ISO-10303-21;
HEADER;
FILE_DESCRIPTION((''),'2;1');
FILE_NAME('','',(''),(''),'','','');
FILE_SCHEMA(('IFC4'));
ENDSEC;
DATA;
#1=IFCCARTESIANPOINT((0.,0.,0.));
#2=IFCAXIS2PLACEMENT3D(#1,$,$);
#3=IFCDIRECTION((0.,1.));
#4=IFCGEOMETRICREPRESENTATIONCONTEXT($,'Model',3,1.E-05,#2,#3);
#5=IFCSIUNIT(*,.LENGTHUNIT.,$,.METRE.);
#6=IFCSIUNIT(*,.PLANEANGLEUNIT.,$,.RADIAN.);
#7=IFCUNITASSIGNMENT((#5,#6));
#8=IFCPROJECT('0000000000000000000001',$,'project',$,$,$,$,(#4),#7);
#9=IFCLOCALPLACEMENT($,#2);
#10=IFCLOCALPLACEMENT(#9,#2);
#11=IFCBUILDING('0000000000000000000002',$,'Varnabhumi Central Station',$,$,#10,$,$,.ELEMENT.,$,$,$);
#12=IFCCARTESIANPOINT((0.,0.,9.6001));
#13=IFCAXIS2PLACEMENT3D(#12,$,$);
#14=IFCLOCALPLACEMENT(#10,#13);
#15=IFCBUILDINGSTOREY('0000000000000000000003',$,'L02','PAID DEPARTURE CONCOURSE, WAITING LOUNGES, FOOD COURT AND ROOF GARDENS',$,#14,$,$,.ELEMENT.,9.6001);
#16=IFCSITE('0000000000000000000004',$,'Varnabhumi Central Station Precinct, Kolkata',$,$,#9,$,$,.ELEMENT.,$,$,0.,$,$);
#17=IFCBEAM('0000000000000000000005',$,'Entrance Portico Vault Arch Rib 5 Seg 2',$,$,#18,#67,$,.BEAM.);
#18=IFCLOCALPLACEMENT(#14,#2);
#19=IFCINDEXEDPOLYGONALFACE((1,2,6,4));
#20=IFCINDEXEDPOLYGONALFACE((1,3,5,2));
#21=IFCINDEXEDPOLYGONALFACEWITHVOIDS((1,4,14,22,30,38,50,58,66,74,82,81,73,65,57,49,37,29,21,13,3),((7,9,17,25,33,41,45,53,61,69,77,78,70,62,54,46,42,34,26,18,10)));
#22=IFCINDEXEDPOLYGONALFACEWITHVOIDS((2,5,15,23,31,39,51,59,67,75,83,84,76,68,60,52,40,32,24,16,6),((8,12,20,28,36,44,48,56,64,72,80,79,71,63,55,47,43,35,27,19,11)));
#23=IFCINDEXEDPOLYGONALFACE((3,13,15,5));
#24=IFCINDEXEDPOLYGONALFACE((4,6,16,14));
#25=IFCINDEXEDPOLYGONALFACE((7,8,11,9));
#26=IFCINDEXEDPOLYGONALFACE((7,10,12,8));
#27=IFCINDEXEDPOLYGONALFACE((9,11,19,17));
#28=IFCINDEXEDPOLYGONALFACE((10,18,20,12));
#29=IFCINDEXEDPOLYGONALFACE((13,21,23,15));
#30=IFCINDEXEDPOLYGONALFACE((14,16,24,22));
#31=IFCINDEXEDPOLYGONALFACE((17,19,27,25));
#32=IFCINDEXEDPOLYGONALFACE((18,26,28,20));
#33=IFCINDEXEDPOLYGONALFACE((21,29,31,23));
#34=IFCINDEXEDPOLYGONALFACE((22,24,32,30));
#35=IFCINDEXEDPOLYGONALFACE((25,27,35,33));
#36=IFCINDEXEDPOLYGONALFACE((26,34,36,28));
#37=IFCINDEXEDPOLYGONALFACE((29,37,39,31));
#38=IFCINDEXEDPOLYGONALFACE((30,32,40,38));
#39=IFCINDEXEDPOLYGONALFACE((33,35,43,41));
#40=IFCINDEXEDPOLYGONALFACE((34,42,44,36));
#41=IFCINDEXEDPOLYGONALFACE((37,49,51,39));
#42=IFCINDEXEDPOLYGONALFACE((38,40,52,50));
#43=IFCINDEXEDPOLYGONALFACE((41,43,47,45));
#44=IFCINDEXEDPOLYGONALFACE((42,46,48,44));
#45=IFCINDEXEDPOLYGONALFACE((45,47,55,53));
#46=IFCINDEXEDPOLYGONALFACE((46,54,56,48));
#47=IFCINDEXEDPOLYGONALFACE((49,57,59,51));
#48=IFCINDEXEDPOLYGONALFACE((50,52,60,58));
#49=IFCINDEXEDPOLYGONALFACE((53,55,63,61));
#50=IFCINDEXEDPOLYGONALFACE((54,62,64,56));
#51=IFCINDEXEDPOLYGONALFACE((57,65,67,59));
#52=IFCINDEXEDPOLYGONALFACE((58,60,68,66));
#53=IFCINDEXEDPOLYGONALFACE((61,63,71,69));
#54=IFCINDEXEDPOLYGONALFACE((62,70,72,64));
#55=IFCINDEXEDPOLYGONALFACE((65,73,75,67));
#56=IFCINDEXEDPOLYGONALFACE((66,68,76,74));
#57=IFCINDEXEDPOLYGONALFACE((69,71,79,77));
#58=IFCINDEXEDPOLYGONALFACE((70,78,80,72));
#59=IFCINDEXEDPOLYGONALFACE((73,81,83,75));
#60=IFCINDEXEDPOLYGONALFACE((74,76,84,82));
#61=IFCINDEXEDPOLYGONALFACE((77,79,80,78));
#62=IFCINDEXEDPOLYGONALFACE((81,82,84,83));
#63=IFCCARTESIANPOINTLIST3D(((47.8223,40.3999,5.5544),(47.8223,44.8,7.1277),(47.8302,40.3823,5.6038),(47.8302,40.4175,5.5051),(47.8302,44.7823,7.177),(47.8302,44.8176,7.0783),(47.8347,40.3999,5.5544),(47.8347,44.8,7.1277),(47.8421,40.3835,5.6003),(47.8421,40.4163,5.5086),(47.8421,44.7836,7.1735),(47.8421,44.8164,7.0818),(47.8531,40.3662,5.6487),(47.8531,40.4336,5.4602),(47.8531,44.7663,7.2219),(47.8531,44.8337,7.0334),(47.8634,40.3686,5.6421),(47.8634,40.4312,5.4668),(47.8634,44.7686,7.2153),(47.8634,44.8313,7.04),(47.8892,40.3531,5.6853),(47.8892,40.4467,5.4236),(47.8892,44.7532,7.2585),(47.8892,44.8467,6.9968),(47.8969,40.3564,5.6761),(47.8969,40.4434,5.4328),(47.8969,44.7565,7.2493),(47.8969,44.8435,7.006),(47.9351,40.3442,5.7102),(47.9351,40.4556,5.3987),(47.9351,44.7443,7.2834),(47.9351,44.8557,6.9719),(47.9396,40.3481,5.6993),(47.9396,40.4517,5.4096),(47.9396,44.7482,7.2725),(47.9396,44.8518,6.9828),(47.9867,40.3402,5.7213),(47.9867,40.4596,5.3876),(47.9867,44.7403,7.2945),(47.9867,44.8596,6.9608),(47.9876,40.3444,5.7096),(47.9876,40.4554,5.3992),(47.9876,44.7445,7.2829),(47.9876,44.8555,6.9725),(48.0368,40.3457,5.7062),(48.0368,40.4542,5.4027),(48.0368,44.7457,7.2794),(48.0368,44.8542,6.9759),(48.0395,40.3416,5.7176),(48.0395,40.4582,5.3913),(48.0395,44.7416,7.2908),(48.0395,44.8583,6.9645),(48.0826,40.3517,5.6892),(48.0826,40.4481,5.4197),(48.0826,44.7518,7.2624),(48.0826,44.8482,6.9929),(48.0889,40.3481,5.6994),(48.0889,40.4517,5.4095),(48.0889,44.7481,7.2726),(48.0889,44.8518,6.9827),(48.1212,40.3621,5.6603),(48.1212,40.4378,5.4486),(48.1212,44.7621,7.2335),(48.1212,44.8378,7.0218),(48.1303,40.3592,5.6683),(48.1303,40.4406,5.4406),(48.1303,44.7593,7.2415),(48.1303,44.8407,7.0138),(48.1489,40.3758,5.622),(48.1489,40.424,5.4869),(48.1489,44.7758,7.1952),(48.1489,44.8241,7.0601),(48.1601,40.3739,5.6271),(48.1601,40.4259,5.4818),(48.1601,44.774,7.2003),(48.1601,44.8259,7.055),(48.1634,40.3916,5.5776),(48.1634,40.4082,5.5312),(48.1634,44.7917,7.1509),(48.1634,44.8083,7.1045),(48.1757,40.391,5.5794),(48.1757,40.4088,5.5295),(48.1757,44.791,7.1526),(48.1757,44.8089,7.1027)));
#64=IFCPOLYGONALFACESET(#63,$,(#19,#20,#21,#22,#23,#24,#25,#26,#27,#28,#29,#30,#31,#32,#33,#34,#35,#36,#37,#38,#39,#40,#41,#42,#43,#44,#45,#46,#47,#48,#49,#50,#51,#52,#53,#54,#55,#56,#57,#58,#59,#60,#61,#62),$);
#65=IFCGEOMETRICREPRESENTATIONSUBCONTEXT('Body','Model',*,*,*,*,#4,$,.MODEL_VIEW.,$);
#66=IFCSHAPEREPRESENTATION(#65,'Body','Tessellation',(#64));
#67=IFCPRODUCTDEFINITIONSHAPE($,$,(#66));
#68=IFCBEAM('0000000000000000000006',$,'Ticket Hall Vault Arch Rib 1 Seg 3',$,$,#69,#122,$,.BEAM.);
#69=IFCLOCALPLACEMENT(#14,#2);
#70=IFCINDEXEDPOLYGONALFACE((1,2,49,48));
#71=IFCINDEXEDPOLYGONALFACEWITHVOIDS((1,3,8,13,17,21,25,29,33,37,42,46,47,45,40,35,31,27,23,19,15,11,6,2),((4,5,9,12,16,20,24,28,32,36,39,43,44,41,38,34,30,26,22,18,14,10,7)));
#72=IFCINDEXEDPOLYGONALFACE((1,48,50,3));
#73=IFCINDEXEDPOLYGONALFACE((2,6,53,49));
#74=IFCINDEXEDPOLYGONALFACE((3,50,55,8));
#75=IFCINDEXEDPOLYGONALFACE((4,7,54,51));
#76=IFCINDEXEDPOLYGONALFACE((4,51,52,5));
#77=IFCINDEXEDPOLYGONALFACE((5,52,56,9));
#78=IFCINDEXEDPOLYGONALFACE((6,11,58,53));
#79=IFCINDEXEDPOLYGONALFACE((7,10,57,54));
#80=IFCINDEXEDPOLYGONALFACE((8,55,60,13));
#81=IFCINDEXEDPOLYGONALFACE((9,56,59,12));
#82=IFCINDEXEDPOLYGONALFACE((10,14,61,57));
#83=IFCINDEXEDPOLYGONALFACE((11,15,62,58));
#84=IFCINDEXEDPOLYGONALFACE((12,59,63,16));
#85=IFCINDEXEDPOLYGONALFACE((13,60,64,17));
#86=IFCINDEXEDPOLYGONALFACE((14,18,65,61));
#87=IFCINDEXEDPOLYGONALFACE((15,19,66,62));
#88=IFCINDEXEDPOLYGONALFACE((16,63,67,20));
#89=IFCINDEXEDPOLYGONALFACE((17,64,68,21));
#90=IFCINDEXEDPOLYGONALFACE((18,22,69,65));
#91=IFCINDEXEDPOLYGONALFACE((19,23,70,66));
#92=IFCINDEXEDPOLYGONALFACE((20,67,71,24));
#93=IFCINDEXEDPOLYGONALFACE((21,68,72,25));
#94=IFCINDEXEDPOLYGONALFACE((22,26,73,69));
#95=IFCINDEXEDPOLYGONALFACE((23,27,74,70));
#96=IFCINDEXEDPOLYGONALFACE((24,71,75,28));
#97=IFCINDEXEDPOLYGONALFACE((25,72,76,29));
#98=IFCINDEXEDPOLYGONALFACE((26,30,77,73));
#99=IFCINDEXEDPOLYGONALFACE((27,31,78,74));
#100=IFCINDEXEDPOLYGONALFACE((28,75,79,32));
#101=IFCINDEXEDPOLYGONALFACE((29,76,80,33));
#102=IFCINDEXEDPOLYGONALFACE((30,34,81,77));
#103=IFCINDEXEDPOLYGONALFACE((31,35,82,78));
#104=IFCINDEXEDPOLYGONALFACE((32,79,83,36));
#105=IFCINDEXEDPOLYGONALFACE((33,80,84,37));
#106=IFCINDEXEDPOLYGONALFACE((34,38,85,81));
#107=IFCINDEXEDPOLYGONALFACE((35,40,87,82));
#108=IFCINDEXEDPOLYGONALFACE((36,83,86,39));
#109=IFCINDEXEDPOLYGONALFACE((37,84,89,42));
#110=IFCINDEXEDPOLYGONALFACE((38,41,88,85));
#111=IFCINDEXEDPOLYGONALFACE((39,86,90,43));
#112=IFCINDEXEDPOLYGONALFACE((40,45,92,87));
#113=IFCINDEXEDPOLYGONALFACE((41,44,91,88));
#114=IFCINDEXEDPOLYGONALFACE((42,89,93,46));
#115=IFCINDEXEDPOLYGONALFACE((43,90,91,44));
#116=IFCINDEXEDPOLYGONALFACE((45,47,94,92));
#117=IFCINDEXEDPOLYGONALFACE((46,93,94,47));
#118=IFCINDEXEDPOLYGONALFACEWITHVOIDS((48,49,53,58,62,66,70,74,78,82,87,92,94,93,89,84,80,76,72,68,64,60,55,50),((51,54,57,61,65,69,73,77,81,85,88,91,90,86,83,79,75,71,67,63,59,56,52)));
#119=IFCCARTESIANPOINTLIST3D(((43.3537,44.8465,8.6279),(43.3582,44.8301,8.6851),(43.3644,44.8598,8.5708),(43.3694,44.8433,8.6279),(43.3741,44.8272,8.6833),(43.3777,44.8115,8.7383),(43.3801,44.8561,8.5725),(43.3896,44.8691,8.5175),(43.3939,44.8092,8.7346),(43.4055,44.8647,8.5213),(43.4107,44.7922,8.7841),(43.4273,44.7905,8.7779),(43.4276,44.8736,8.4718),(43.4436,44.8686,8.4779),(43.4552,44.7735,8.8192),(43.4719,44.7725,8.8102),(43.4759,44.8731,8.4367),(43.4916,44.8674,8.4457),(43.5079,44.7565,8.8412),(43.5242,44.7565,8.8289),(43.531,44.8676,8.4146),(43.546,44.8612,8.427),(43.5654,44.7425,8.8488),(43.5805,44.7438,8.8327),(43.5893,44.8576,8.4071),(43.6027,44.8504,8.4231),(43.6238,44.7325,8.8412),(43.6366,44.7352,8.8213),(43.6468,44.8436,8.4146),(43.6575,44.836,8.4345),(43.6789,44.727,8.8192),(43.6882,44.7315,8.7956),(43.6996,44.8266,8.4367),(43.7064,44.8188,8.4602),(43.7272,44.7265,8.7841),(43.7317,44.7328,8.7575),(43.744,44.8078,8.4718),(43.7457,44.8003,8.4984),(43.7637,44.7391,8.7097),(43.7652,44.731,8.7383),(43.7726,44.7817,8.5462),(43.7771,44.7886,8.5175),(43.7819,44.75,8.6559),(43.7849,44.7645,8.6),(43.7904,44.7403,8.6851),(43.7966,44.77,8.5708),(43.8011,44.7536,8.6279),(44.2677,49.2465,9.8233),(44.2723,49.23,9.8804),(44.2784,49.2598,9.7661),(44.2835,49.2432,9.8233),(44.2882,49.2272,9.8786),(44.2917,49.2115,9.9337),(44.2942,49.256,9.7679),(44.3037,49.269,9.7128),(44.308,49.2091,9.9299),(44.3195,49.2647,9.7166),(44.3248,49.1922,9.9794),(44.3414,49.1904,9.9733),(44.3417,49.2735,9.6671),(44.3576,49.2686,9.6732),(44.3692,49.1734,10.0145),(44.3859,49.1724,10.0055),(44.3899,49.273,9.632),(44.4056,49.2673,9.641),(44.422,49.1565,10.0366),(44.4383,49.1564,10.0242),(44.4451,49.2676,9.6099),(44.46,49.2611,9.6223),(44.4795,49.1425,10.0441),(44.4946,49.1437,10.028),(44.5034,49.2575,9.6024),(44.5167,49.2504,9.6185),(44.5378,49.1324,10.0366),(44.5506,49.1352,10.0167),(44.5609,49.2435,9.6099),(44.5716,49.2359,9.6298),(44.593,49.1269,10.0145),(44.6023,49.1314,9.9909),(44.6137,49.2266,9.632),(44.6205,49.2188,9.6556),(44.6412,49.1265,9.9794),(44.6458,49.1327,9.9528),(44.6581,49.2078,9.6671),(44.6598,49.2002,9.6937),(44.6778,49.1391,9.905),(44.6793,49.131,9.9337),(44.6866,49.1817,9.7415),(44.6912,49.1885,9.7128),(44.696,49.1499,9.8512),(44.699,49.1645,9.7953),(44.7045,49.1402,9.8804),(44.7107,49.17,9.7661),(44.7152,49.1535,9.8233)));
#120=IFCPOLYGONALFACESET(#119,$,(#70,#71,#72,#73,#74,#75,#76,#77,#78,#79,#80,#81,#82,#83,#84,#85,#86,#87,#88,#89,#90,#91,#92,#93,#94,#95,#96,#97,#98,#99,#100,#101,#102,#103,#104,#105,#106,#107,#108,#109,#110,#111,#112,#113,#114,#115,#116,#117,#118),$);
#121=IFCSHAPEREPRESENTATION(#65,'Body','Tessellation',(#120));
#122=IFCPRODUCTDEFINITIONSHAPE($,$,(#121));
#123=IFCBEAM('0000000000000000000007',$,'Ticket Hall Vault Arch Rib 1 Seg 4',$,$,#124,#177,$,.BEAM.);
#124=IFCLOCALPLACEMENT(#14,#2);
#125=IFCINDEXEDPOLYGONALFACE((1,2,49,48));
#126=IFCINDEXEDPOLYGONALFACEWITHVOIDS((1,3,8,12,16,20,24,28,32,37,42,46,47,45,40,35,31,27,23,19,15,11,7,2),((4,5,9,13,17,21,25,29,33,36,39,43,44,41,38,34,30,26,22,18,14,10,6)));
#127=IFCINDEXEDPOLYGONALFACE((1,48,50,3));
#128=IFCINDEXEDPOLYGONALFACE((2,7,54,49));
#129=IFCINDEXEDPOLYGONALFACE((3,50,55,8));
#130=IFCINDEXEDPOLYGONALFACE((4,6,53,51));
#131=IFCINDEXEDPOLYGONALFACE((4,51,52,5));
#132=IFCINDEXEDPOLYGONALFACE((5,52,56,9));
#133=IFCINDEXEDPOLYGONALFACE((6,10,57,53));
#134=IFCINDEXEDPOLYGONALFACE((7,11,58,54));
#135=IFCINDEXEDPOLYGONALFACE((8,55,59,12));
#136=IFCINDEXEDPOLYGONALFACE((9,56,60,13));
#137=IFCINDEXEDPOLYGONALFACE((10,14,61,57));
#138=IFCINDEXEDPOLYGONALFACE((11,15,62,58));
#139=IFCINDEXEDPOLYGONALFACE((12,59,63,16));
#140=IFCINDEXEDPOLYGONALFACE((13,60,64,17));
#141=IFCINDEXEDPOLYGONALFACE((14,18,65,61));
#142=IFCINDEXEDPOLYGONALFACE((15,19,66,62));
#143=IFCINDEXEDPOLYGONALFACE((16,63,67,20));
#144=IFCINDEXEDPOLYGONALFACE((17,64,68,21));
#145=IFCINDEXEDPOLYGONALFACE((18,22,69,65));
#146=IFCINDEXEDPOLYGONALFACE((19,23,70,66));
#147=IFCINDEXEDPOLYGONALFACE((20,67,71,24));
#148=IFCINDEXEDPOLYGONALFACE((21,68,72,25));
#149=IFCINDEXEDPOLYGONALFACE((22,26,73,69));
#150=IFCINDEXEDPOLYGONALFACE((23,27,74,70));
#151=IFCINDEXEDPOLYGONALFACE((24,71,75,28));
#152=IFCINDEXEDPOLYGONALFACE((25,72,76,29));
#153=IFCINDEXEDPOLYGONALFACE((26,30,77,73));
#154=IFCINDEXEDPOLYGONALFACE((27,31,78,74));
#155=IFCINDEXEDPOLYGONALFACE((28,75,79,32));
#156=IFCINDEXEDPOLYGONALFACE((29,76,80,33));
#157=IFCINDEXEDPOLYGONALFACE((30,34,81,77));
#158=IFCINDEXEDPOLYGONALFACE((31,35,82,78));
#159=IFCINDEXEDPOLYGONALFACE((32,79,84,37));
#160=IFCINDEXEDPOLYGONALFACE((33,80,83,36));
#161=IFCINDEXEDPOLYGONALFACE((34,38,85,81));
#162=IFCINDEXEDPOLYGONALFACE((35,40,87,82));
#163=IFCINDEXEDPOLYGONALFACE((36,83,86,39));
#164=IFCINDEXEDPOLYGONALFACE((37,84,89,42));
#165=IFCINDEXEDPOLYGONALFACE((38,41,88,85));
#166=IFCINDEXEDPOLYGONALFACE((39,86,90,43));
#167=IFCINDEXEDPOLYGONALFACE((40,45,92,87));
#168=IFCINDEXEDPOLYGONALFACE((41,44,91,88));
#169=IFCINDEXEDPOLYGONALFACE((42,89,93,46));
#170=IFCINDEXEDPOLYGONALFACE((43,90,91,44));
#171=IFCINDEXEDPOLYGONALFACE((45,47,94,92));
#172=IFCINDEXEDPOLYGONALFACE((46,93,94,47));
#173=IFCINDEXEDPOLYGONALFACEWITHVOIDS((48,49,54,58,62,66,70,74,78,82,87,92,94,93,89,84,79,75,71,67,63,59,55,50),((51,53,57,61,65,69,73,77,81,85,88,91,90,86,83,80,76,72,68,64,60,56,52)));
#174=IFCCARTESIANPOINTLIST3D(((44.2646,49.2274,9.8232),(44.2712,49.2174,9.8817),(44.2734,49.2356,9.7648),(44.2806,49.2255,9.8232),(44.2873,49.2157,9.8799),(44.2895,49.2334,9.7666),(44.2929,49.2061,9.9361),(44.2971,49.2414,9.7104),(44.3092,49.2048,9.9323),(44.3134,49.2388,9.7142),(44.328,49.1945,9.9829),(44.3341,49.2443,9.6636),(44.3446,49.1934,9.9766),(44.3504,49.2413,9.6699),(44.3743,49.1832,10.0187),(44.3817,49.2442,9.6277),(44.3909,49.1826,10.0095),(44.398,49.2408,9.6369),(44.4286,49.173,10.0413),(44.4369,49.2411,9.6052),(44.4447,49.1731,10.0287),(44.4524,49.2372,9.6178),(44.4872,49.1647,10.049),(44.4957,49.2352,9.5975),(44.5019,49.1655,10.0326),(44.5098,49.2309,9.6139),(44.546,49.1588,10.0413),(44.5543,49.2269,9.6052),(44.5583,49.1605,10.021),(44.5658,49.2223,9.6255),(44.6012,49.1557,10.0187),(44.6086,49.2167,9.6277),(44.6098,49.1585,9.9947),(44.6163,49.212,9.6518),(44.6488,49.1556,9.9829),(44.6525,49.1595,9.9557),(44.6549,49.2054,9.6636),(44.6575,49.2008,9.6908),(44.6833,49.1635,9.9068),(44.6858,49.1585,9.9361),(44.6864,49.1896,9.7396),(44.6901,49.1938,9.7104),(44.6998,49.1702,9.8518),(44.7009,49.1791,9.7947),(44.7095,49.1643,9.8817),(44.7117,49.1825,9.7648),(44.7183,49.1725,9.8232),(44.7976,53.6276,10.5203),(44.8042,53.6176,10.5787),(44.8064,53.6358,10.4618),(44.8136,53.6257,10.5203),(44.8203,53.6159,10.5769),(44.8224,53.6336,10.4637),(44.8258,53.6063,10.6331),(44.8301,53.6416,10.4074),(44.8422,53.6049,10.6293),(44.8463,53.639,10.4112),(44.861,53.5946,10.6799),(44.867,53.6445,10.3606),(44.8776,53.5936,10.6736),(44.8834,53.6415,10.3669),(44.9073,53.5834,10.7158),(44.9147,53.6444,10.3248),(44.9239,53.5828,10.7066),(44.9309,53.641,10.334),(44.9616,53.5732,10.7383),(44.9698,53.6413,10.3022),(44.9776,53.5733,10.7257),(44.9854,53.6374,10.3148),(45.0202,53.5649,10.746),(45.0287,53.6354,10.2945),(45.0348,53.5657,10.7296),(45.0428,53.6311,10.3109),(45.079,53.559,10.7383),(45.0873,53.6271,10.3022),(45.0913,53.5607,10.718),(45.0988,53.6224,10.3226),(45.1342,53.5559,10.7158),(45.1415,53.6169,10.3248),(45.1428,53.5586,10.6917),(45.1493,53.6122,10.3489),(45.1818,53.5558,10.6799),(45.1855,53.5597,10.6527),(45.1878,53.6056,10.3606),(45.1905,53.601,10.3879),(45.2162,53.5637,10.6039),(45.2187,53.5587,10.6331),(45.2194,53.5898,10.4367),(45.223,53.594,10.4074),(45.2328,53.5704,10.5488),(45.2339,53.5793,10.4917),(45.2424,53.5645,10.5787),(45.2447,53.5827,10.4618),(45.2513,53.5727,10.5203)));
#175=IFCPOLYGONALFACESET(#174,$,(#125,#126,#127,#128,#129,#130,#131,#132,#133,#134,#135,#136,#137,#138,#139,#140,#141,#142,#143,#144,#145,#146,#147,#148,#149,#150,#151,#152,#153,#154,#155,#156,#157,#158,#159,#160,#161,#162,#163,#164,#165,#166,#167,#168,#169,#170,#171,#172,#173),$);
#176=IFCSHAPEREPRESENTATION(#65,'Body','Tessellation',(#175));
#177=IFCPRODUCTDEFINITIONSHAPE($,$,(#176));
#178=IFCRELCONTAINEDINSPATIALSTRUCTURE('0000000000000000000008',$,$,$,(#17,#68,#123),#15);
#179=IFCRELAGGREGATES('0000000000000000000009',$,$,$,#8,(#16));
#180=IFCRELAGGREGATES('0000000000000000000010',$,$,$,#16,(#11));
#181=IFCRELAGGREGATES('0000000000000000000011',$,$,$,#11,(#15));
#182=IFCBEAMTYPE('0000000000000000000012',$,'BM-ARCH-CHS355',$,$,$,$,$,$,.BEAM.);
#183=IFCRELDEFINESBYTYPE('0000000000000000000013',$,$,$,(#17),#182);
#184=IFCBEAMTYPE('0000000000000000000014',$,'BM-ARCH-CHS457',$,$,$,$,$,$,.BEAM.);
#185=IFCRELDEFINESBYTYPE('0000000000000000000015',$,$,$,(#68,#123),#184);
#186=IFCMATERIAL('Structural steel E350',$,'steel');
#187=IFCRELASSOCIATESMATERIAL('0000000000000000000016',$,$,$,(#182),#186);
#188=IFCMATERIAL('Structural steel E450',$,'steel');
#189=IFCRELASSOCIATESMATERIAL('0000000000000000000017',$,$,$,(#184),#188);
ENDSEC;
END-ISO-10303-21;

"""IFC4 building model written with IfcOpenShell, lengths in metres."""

from ifc_helpers import new_model, si_unit, direction, frame, origin, origin_2d, place, context, subcontext, project, spatial, hollow_circle, extrude, material, material_profile, profile_set, type_object, element, save


model = new_model("IFC4")

# Units and contexts
model_context = context("Model", 3, precision=1e-05, world=origin(), true_north=direction((0.0, 1.0)))
body_context = subcontext(model_context, "Body", "Model", "MODEL_VIEW")
ifc_project = project(units=[si_unit("LENGTHUNIT", "METRE"), si_unit("PLANEANGLEUNIT", "RADIAN")], contexts=[model_context])

# Site, building, storey
site_placement = place(None, origin())
site = spatial("IfcSite", under=ifc_project, at=site_placement, Name="Varnabhumi Central Station Precinct, Kolkata", CompositionType="ELEMENT", RefElevation=0.0)
building_placement = place(site_placement, origin())
building = spatial("IfcBuilding", under=site, at=building_placement, Name="Varnabhumi Central Station", CompositionType="ELEMENT")
storey_placement = place(building_placement, frame((0.0, 0.0, 9.6001)))
storey = spatial("IfcBuildingStorey", under=building, at=storey_placement, Name="L02", Description="PAID DEPARTURE CONCOURSE, WAITING LOUNGES, FOOD COURT AND ROOF GARDENS", CompositionType="ELEMENT", Elevation=9.6001)

# Beams
ifc_material_1 = material(Name="Structural steel E350", Category="steel")
ifc_material_profile_1 = material_profile(ifc_material_1, hollow_circle(Radius=0.1777, WallThickness=0.0125, at=origin_2d()), Name="Structural steel E350", Category="steel")
ifc_profile_set_1 = profile_set([ifc_material_profile_1], Name="Structural steel E350")
beam_type_1 = type_object("IfcBeamType", Name="BM-ARCH-CHS355", PredefinedType="BEAM", material=ifc_profile_set_1)
beam_1_placement = place(storey_placement, frame((48.0, 40.3999, 5.5544), z_axis=(0.0, 0.941622, 0.336671), x_axis=(-1.0, 0.0, 0.0)))
element("IfcBeam", 1, at=beam_1_placement, inside=storey, type_object=beam_type_1, Name="Entrance Portico Vault Arch Rib 5 Seg 2", PredefinedType="BEAM", context=body_context, shape_type="SweptSolid", body=[
    extrude(hollow_circle(Radius=0.1777, WallThickness=0.0125, at=origin_2d()), origin(), (0.0, 0.0, 1.0), 4.6729),
])
ifc_material_2 = material(Name="Structural steel E450", Category="steel")
ifc_material_profile_2 = material_profile(ifc_material_2, hollow_circle(Radius=0.2285, WallThickness=0.0161, at=origin_2d()), Name="Structural steel E450", Category="steel")
ifc_profile_set_2 = profile_set([ifc_material_profile_2], Name="Structural steel E450")
beam_type_2 = type_object("IfcBeamType", Name="BM-ARCH-CHS457", PredefinedType="BEAM", material=ifc_profile_set_2)
beam_2_placement = place(storey_placement, frame((43.5774, 44.8, 8.6279), z_axis=(0.196568, 0.946195, 0.257051), x_axis=(-0.979095, 0.203403, 0.0)))
element("IfcBeam", 2, at=beam_2_placement, inside=storey, type_object=beam_type_2, Name="Ticket Hall Vault Arch Rib 1 Seg 3", PredefinedType="BEAM", context=body_context, shape_type="SweptSolid", body=[
    extrude(hollow_circle(Radius=0.2285, WallThickness=0.0161, at=origin_2d()), origin(), (0.0, 0.0, 1.0), 4.6501),
])
beam_3_placement = place(storey_placement, frame((44.4915, 49.2, 9.8232), z_axis=(0.118784, 0.980692, 0.15535), x_axis=(-0.992744, 0.120244, 0.0)))
element("IfcBeam", 3, at=beam_3_placement, inside=storey, type_object=beam_type_2, Name="Ticket Hall Vault Arch Rib 1 Seg 4", PredefinedType="BEAM", context=body_context, shape_type="SweptSolid", body=[
    extrude(hollow_circle(Radius=0.2285, WallThickness=0.0161, at=origin_2d()), origin(), (0.0, 0.0, 1.0), 4.4868),
])

save(model, "model.ifc")
